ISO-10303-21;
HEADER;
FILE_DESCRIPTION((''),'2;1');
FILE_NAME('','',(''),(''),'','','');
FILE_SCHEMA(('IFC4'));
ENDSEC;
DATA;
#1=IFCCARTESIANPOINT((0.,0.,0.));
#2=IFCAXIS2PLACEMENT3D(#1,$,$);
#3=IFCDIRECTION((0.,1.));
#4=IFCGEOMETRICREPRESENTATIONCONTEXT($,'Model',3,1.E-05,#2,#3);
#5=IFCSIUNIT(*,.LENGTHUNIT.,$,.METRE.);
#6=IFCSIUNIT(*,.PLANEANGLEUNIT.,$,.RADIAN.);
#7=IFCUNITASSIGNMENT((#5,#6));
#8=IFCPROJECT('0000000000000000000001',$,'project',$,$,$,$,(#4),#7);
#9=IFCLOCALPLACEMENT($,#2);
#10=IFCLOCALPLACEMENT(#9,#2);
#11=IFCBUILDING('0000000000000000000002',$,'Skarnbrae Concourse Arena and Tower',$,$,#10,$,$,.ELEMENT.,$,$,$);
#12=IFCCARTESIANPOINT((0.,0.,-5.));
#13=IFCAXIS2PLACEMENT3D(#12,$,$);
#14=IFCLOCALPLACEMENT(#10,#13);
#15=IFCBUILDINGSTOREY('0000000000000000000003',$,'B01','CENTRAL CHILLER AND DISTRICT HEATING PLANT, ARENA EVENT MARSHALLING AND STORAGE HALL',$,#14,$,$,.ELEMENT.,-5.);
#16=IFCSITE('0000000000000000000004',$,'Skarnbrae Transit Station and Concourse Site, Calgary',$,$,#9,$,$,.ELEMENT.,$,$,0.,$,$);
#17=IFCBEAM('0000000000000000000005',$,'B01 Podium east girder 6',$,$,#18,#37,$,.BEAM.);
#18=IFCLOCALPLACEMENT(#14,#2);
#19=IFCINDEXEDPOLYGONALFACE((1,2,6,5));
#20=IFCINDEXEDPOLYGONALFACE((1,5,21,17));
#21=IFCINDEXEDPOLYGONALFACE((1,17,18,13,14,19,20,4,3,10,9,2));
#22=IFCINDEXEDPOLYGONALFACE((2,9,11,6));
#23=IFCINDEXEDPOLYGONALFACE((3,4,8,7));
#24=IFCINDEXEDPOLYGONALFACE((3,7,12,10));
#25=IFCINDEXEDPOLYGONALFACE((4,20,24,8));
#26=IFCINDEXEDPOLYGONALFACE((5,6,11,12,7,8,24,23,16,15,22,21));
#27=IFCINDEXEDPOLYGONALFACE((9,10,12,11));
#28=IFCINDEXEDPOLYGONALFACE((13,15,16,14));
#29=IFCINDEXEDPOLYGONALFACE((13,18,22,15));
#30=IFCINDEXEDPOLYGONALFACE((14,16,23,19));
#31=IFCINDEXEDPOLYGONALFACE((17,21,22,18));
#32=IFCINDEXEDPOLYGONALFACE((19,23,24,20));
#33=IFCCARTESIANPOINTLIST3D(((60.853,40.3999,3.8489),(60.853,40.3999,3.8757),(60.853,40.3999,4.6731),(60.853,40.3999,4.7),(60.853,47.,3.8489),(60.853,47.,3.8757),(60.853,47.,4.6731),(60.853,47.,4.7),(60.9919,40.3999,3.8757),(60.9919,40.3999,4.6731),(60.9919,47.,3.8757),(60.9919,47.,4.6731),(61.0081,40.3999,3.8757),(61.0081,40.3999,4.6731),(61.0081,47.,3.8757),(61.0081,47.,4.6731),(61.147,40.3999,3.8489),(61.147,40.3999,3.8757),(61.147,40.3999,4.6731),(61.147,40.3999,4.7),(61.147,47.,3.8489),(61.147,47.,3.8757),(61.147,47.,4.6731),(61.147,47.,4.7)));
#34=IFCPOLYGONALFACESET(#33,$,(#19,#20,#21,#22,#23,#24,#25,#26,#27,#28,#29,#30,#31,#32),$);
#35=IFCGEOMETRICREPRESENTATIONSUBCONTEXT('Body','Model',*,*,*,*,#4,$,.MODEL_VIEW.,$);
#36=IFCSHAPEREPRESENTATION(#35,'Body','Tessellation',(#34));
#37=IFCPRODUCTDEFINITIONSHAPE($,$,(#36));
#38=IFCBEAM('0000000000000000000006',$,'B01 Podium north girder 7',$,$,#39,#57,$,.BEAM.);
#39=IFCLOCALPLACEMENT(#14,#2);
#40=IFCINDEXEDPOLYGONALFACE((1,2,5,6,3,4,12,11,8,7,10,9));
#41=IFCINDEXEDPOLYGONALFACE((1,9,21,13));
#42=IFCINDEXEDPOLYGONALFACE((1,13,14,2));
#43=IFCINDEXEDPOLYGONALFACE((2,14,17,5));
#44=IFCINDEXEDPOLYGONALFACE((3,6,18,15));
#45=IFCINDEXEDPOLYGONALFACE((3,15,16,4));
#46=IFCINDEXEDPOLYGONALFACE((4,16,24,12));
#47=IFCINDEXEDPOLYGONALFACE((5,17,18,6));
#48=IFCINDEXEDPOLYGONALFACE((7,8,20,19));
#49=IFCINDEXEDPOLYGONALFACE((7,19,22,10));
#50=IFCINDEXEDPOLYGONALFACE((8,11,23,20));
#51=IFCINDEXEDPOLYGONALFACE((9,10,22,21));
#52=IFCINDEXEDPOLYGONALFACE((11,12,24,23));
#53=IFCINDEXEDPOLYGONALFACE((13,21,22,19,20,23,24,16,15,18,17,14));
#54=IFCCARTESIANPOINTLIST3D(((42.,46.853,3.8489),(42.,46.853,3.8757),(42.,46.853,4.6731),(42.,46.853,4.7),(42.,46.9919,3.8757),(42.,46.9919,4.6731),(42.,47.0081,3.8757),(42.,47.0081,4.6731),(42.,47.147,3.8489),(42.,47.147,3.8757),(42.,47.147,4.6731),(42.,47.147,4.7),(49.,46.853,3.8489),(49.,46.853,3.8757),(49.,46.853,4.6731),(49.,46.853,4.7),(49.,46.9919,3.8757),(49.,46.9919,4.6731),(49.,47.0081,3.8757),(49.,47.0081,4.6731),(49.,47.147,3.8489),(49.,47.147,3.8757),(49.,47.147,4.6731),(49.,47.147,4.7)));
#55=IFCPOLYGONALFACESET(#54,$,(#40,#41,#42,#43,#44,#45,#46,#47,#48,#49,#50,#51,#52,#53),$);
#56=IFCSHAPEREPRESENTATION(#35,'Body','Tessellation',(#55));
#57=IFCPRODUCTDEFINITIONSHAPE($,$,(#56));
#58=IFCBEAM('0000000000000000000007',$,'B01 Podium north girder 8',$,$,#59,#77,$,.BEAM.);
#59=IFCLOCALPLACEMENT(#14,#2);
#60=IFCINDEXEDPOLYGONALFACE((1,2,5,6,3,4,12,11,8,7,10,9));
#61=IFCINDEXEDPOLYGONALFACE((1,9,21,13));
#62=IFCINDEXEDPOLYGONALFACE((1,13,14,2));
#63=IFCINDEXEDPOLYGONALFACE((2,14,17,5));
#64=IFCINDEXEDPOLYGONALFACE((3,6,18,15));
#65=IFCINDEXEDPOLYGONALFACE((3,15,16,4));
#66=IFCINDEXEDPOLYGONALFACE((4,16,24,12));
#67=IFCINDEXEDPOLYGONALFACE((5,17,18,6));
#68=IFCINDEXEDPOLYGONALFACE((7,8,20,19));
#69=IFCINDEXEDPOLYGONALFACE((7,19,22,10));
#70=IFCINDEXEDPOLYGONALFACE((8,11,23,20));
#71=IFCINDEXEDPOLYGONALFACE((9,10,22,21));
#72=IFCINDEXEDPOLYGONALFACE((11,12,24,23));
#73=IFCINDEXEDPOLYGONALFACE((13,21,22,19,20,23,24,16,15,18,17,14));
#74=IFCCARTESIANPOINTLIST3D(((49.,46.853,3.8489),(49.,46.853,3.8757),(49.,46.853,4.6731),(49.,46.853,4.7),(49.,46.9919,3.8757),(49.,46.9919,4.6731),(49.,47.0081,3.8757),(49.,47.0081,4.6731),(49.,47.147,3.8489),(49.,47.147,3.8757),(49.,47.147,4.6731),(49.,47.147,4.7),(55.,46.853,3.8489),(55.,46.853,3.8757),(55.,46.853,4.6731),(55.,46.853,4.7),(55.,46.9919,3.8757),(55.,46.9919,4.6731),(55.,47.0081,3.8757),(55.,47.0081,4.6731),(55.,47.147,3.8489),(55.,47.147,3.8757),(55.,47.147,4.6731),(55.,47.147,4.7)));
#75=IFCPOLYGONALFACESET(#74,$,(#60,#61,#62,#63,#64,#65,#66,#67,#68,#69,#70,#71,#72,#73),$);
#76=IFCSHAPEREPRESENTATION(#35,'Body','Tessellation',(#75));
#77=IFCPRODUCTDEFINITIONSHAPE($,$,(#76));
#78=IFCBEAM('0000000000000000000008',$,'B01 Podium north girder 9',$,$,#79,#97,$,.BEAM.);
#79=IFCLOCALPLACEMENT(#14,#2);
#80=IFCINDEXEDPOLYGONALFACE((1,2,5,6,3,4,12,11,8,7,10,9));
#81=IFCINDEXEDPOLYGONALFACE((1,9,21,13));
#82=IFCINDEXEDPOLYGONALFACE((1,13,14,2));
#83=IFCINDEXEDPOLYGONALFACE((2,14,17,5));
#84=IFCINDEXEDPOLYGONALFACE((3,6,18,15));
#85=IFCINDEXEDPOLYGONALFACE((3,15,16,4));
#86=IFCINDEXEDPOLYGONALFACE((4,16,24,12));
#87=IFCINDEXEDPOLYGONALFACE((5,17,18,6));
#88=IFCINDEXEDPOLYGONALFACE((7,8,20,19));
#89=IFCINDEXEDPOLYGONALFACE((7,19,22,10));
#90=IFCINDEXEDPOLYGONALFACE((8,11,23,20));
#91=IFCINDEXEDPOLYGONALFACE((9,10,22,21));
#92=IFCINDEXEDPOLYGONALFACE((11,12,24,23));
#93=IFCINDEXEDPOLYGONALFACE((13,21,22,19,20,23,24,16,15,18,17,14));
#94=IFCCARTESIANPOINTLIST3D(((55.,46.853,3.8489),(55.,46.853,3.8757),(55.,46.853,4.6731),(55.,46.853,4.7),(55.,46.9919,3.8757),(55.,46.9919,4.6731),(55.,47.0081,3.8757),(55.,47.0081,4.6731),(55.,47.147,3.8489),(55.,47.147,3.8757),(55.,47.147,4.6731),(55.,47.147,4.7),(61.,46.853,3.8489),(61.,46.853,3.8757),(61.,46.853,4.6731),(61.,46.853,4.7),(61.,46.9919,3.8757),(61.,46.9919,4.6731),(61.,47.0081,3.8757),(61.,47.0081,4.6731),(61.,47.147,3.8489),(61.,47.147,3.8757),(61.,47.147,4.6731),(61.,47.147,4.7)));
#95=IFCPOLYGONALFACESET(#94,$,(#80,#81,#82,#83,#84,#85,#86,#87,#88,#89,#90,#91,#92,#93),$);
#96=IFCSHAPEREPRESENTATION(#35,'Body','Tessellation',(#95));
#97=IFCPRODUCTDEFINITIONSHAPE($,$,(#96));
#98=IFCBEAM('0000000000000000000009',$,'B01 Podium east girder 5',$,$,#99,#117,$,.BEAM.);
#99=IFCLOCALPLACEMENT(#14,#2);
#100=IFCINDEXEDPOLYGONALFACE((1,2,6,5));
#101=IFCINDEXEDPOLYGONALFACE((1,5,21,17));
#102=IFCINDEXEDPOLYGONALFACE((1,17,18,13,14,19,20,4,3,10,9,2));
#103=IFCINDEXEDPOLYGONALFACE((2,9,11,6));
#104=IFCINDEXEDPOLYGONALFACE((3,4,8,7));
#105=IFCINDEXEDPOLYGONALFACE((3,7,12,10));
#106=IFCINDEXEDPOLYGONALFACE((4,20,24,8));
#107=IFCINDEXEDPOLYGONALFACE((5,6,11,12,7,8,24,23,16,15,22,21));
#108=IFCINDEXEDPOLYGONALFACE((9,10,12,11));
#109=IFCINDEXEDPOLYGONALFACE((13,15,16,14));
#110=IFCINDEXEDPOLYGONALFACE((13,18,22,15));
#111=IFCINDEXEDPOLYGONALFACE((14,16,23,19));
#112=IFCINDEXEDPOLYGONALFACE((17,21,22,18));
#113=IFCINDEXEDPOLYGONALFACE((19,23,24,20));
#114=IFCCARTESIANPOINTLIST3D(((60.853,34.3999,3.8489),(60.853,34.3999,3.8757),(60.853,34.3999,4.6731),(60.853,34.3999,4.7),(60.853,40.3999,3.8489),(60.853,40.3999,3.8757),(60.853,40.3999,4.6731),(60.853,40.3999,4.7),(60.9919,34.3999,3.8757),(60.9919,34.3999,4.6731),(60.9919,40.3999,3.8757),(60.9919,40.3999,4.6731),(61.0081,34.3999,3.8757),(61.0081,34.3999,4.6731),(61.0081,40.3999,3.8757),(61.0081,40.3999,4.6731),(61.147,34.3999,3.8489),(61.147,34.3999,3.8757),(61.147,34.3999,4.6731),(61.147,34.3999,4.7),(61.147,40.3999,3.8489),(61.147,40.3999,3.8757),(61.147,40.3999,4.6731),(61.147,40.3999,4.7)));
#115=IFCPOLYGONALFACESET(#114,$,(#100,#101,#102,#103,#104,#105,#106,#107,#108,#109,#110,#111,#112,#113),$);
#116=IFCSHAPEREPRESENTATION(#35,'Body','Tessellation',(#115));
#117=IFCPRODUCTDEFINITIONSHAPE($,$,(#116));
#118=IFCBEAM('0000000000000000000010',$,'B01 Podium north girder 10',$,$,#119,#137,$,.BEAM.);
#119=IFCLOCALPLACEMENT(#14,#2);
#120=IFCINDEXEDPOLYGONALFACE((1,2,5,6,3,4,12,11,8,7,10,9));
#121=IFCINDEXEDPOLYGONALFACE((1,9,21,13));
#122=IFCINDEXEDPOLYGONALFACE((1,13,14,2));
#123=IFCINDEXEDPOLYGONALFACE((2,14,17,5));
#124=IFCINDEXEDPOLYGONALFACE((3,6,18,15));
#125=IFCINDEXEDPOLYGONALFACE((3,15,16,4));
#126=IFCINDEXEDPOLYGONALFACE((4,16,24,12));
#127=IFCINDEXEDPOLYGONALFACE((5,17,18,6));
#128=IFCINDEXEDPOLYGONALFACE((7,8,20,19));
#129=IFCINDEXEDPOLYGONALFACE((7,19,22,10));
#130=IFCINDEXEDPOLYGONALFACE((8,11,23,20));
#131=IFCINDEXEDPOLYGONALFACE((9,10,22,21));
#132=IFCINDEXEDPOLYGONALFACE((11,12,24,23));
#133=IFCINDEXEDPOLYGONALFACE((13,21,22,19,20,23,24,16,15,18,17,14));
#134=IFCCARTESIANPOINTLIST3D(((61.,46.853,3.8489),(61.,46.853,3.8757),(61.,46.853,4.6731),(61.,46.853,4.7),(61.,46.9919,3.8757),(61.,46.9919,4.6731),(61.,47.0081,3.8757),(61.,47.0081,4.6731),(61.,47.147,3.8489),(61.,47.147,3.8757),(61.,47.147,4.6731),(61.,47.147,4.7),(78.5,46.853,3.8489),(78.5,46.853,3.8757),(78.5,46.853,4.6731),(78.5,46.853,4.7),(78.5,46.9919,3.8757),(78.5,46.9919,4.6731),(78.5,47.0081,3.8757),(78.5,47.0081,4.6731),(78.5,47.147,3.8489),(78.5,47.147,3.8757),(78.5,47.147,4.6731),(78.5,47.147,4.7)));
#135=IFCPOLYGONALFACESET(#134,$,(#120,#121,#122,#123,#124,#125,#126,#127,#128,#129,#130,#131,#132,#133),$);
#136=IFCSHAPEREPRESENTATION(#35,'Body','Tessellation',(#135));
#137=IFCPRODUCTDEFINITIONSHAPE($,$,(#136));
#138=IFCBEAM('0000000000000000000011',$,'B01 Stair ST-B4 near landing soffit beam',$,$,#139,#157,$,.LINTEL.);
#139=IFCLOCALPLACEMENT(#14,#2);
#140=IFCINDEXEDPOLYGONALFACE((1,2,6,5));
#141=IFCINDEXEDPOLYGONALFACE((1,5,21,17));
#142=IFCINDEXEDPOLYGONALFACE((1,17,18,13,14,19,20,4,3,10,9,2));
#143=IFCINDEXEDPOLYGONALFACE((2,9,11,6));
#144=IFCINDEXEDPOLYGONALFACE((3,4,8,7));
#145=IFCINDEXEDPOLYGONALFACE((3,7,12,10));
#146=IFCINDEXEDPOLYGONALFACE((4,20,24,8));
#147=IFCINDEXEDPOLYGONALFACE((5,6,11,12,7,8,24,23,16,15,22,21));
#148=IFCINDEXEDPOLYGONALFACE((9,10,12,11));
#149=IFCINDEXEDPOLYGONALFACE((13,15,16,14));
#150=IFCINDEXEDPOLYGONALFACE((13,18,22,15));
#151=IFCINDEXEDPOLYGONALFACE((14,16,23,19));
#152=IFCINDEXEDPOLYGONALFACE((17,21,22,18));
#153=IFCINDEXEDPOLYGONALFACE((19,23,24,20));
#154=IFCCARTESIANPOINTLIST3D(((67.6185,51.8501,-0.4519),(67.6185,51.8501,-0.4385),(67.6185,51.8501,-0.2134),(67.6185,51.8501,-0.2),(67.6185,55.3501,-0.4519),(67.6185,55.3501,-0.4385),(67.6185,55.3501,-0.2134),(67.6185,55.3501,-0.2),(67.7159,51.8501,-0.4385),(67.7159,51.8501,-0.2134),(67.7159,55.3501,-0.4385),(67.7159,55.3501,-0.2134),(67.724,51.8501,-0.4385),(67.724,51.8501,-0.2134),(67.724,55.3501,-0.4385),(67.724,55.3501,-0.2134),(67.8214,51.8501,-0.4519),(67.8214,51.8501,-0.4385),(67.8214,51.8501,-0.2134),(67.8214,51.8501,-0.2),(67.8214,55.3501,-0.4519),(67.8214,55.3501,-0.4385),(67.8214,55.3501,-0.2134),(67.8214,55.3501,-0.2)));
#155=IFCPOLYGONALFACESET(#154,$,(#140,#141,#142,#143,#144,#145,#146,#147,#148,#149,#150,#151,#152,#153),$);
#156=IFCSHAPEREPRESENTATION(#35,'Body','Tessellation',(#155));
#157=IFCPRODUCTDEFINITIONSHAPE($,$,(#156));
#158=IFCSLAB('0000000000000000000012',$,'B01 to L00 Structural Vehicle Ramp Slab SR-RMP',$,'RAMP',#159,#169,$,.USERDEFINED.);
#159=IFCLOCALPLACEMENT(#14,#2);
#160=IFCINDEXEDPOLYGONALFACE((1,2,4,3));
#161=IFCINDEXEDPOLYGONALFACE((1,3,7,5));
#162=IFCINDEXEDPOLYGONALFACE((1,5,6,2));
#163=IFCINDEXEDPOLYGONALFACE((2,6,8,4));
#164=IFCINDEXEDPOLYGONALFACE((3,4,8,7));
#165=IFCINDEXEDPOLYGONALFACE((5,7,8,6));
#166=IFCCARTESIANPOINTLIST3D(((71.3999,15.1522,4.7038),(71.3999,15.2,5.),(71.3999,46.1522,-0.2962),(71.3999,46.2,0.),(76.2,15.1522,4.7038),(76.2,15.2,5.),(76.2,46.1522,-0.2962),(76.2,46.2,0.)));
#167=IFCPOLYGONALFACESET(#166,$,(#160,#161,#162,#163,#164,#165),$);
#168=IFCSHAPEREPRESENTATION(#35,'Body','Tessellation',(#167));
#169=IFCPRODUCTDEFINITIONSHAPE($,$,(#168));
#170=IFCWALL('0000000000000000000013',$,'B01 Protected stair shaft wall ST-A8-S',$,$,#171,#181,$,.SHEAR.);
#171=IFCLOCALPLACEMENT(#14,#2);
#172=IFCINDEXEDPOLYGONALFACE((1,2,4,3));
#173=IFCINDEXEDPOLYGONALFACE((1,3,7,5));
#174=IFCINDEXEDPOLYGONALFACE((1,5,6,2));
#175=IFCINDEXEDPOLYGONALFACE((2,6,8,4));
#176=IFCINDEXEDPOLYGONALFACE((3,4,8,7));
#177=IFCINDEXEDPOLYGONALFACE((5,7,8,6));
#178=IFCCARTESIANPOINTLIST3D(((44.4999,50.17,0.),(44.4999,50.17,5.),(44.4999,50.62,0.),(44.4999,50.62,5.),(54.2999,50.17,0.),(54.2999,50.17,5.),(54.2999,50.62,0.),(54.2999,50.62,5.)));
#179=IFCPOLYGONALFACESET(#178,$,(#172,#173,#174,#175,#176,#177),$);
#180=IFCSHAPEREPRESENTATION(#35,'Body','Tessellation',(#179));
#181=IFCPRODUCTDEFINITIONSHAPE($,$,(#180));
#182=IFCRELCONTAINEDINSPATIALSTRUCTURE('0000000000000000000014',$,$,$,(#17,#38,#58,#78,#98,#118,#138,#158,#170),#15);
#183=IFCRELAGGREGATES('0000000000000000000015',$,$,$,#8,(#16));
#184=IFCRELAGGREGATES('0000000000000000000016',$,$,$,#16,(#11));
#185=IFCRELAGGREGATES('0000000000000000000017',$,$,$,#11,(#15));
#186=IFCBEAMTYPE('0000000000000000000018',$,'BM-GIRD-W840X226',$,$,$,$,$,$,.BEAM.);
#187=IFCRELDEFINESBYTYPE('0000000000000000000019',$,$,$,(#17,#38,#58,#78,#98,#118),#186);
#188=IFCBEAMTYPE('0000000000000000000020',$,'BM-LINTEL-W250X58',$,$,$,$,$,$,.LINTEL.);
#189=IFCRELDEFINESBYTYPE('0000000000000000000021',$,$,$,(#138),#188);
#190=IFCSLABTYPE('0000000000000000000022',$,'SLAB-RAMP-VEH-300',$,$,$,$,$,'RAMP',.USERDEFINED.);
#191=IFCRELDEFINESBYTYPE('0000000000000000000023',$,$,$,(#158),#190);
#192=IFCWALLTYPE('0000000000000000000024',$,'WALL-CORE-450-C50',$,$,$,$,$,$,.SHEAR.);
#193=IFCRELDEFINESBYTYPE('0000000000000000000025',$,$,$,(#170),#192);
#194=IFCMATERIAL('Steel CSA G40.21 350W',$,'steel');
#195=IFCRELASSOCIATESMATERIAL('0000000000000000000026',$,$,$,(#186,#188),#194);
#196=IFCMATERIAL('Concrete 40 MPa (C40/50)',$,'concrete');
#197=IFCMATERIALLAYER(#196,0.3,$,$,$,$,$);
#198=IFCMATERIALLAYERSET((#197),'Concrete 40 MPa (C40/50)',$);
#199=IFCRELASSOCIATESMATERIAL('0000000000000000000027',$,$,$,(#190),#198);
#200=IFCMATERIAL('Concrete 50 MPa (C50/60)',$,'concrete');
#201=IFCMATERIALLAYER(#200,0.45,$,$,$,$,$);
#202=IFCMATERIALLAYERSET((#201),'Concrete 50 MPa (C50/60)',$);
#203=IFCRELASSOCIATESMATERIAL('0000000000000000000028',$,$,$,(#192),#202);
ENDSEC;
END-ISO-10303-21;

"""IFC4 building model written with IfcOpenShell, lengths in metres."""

from ifc_helpers import new_model, si_unit, direction, frame, frame_2d, origin, origin_2d, place, context, subcontext, project, spatial, polyline, rectangle, i_section, outline, extrude, source, transform, mapped, material, layer, layer_set, material_profile, profile_set, type_object, element, save


model = new_model("IFC4")

# Units and contexts
model_context = context("Model", 3, precision=1e-05, world=origin(), true_north=direction((0.0, 1.0)))
body_context = subcontext(model_context, "Body", "Model", "MODEL_VIEW")
ifc_project = project(units=[si_unit("LENGTHUNIT", "METRE"), si_unit("PLANEANGLEUNIT", "RADIAN")], contexts=[model_context])

# Site, building, storey
site_placement = place(None, origin())
site = spatial("IfcSite", under=ifc_project, at=site_placement, Name="Skarnbrae Transit Station and Concourse Site, Calgary", CompositionType="ELEMENT", RefElevation=0.0)
building_placement = place(site_placement, origin())
building = spatial("IfcBuilding", under=site, at=building_placement, Name="Skarnbrae Concourse Arena and Tower", CompositionType="ELEMENT")
storey_placement = place(building_placement, frame((0.0, 0.0, -5.0)))
storey = spatial("IfcBuildingStorey", under=building, at=storey_placement, Name="B01", Description="CENTRAL CHILLER AND DISTRICT HEATING PLANT, ARENA EVENT MARSHALLING AND STORAGE HALL", CompositionType="ELEMENT", Elevation=-5.0)

# Shared definitions
ifc_material_1 = material(Name="Steel CSA G40.21 350W", Category="steel")

# Beams
ifc_material_profile_1 = material_profile(ifc_material_1, i_section(OverallWidth=0.2939, OverallDepth=0.8511, WebThickness=0.0161, FlangeThickness=0.0269, at=origin_2d()), Name="W840X226")
ifc_profile_set_1 = profile_set([ifc_material_profile_1], Name="Steel CSA G40.21 350W")
beam_type_1 = type_object("IfcBeamType", Name="BM-GIRD-W840X226", PredefinedType="BEAM", material=ifc_profile_set_1)
shared_shape_1 = source(origin(), body_context, "Body", "SweptSolid", [
    extrude(i_section(OverallWidth=0.2939, OverallDepth=0.8511, WebThickness=0.0161, FlangeThickness=0.0269, at=origin_2d()), origin(), (0.0, 0.0, 1.0), 6.6001),
])
beam_1_placement = place(storey_placement, frame((61.0, 40.3999, 4.2744), z_axis=(0.0, 1.0, 0.0), x_axis=(-1.0, 0.0, 0.0)))
element("IfcBeam", 1, at=beam_1_placement, inside=storey, type_object=beam_type_1, Name="B01 Podium east girder 6", PredefinedType="BEAM", context=body_context, shape_type="MappedRepresentation", body=[
    mapped(shared_shape_1, transform((0.0, 0.0, 0.0))),
])
shared_shape_2 = source(origin(), body_context, "Body", "SweptSolid", [
    extrude(i_section(OverallWidth=0.2939, OverallDepth=0.8511, WebThickness=0.0161, FlangeThickness=0.0269, at=origin_2d()), origin(), (0.0, 0.0, 1.0), 7.0),
])
beam_2_placement = place(storey_placement, frame((42.0, 47.0, 4.2744), z_axis=(1.0, 0.0, 0.0), x_axis=(0.0, 1.0, 0.0)))
element("IfcBeam", 2, at=beam_2_placement, inside=storey, type_object=beam_type_1, Name="B01 Podium north girder 7", PredefinedType="BEAM", context=body_context, shape_type="MappedRepresentation", body=[
    mapped(shared_shape_2, transform((0.0, 0.0, 0.0))),
])
shared_shape_3 = source(origin(), body_context, "Body", "SweptSolid", [
    extrude(i_section(OverallWidth=0.2939, OverallDepth=0.8511, WebThickness=0.0161, FlangeThickness=0.0269, at=origin_2d()), origin(), (0.0, 0.0, 1.0), 6.0),
])
for number, where, z_axis, x_axis, name in (
    (3, (49.0, 47.0, 4.2744), (1.0, 0.0, 0.0), (0.0, 1.0, 0.0), "B01 Podium north girder 8"),
    (4, (55.0, 47.0, 4.2744), (1.0, 0.0, 0.0), (0.0, 1.0, 0.0), "B01 Podium north girder 9"),
    (5, (61.0, 34.3999, 4.2744), (0.0, 1.0, 0.0), (-1.0, 0.0, 0.0), "B01 Podium east girder 5"),
):
    element("IfcBeam", number, at=place(storey_placement, frame(where, z_axis=z_axis, x_axis=x_axis)), inside=storey, type_object=beam_type_1, Name=name, PredefinedType="BEAM", context=body_context, shape_type="MappedRepresentation", body=[
        mapped(shared_shape_3, transform((0.0, 0.0, 0.0))),
    ])
shared_shape_4 = source(origin(), body_context, "Body", "SweptSolid", [
    extrude(i_section(OverallWidth=0.2939, OverallDepth=0.8511, WebThickness=0.0161, FlangeThickness=0.0269, at=origin_2d()), origin(), (0.0, 0.0, 1.0), 17.5),
])
beam_3_placement = place(storey_placement, frame((61.0, 47.0, 4.2744), z_axis=(1.0, 0.0, 0.0), x_axis=(0.0, 1.0, 0.0)))
element("IfcBeam", 6, at=beam_3_placement, inside=storey, type_object=beam_type_1, Name="B01 Podium north girder 10", PredefinedType="BEAM", context=body_context, shape_type="MappedRepresentation", body=[
    mapped(shared_shape_4, transform((0.0, 0.0, 0.0))),
])
ifc_material_profile_2 = material_profile(ifc_material_1, i_section(OverallWidth=0.2029, OverallDepth=0.252, WebThickness=0.0081, FlangeThickness=0.0134, at=origin_2d()), Name="W250X58")
ifc_profile_set_2 = profile_set([ifc_material_profile_2], Name="Steel CSA G40.21 350W")
beam_type_2 = type_object("IfcBeamType", Name="BM-LINTEL-W250X58", PredefinedType="LINTEL", material=ifc_profile_set_2)
shared_shape_5 = source(origin(), body_context, "Body", "SweptSolid", [
    extrude(i_section(OverallWidth=0.2029, OverallDepth=0.252, WebThickness=0.0081, FlangeThickness=0.0134, at=origin_2d()), origin(), (0.0, 0.0, 1.0), 3.5),
])
beam_4_placement = place(storey_placement, frame((67.72, 51.8501, -0.3259), z_axis=(0.0, 1.0, 0.0), x_axis=(-1.0, 0.0, 0.0)))
element("IfcBeam", 7, at=beam_4_placement, inside=storey, type_object=beam_type_2, Name="B01 Stair ST-B4 near landing soffit beam", PredefinedType="LINTEL", context=body_context, shape_type="MappedRepresentation", body=[
    mapped(shared_shape_5, transform((0.0, 0.0, 0.0))),
])

# Slab
ifc_material_2 = material(Name="Concrete 40 MPa (C40/50)", Category="concrete")
ifc_layer_1 = layer(ifc_material_2, 0.3)
ifc_layer_set_1 = layer_set([ifc_layer_1], Name="Concrete 40 MPa (C40/50)")
slab_type = type_object("IfcSlabType", Name="SLAB-RAMP-VEH-300", ElementType="RAMP", PredefinedType="USERDEFINED", material=ifc_layer_set_1)
slab_placement = place(storey_placement, frame((71.3999, 46.2, 0.0), z_axis=(0.0, 0.159232, 0.987241), x_axis=(1.0, 0.0, 0.0)))
element("IfcSlab", 8, at=slab_placement, inside=storey, type_object=slab_type, Name="B01 to L00 Structural Vehicle Ramp Slab SR-RMP", ObjectType="RAMP", PredefinedType="USERDEFINED", context=body_context, shape_type="SweptSolid", body=[
    extrude(outline(polyline([(0.0, 0.0), (4.8, 0.0), (4.8, -31.4006), (0.0, -31.4006), (0.0, 0.0)])), origin(), (0.0, 0.0, -1.0), 0.3),
])

# Wall
ifc_material_3 = material(Name="Concrete 50 MPa (C50/60)", Category="concrete")
ifc_layer_2 = layer(ifc_material_3, 0.45)
ifc_layer_set_2 = layer_set([ifc_layer_2], Name="Concrete 50 MPa (C50/60)")
wall_type_1 = type_object("IfcWallType", Name="WALL-CORE-450-C50", PredefinedType="SHEAR", material=ifc_layer_set_2)
shared_shape_6 = source(origin(), body_context, "Body", "SweptSolid", [
    extrude(rectangle(XDim=9.8, YDim=0.45, at=frame_2d((4.8999, 0.0))), origin(), (0.0, 0.0, 1.0), 5.0),
])
wall_1_placement = place(storey_placement, frame((44.5, 50.395, 0.0), z_axis=(0.0, 0.0, 1.0), x_axis=(1.0, 0.0, 0.0)))
element("IfcWall", 9, at=wall_1_placement, inside=storey, type_object=wall_type_1, Name="B01 Protected stair shaft wall ST-A8-S", PredefinedType="SHEAR", context=body_context, shape_type="MappedRepresentation", body=[
    mapped(shared_shape_6, transform((0.0, 0.0, 0.0))),
])

save(model, "model.ifc")
